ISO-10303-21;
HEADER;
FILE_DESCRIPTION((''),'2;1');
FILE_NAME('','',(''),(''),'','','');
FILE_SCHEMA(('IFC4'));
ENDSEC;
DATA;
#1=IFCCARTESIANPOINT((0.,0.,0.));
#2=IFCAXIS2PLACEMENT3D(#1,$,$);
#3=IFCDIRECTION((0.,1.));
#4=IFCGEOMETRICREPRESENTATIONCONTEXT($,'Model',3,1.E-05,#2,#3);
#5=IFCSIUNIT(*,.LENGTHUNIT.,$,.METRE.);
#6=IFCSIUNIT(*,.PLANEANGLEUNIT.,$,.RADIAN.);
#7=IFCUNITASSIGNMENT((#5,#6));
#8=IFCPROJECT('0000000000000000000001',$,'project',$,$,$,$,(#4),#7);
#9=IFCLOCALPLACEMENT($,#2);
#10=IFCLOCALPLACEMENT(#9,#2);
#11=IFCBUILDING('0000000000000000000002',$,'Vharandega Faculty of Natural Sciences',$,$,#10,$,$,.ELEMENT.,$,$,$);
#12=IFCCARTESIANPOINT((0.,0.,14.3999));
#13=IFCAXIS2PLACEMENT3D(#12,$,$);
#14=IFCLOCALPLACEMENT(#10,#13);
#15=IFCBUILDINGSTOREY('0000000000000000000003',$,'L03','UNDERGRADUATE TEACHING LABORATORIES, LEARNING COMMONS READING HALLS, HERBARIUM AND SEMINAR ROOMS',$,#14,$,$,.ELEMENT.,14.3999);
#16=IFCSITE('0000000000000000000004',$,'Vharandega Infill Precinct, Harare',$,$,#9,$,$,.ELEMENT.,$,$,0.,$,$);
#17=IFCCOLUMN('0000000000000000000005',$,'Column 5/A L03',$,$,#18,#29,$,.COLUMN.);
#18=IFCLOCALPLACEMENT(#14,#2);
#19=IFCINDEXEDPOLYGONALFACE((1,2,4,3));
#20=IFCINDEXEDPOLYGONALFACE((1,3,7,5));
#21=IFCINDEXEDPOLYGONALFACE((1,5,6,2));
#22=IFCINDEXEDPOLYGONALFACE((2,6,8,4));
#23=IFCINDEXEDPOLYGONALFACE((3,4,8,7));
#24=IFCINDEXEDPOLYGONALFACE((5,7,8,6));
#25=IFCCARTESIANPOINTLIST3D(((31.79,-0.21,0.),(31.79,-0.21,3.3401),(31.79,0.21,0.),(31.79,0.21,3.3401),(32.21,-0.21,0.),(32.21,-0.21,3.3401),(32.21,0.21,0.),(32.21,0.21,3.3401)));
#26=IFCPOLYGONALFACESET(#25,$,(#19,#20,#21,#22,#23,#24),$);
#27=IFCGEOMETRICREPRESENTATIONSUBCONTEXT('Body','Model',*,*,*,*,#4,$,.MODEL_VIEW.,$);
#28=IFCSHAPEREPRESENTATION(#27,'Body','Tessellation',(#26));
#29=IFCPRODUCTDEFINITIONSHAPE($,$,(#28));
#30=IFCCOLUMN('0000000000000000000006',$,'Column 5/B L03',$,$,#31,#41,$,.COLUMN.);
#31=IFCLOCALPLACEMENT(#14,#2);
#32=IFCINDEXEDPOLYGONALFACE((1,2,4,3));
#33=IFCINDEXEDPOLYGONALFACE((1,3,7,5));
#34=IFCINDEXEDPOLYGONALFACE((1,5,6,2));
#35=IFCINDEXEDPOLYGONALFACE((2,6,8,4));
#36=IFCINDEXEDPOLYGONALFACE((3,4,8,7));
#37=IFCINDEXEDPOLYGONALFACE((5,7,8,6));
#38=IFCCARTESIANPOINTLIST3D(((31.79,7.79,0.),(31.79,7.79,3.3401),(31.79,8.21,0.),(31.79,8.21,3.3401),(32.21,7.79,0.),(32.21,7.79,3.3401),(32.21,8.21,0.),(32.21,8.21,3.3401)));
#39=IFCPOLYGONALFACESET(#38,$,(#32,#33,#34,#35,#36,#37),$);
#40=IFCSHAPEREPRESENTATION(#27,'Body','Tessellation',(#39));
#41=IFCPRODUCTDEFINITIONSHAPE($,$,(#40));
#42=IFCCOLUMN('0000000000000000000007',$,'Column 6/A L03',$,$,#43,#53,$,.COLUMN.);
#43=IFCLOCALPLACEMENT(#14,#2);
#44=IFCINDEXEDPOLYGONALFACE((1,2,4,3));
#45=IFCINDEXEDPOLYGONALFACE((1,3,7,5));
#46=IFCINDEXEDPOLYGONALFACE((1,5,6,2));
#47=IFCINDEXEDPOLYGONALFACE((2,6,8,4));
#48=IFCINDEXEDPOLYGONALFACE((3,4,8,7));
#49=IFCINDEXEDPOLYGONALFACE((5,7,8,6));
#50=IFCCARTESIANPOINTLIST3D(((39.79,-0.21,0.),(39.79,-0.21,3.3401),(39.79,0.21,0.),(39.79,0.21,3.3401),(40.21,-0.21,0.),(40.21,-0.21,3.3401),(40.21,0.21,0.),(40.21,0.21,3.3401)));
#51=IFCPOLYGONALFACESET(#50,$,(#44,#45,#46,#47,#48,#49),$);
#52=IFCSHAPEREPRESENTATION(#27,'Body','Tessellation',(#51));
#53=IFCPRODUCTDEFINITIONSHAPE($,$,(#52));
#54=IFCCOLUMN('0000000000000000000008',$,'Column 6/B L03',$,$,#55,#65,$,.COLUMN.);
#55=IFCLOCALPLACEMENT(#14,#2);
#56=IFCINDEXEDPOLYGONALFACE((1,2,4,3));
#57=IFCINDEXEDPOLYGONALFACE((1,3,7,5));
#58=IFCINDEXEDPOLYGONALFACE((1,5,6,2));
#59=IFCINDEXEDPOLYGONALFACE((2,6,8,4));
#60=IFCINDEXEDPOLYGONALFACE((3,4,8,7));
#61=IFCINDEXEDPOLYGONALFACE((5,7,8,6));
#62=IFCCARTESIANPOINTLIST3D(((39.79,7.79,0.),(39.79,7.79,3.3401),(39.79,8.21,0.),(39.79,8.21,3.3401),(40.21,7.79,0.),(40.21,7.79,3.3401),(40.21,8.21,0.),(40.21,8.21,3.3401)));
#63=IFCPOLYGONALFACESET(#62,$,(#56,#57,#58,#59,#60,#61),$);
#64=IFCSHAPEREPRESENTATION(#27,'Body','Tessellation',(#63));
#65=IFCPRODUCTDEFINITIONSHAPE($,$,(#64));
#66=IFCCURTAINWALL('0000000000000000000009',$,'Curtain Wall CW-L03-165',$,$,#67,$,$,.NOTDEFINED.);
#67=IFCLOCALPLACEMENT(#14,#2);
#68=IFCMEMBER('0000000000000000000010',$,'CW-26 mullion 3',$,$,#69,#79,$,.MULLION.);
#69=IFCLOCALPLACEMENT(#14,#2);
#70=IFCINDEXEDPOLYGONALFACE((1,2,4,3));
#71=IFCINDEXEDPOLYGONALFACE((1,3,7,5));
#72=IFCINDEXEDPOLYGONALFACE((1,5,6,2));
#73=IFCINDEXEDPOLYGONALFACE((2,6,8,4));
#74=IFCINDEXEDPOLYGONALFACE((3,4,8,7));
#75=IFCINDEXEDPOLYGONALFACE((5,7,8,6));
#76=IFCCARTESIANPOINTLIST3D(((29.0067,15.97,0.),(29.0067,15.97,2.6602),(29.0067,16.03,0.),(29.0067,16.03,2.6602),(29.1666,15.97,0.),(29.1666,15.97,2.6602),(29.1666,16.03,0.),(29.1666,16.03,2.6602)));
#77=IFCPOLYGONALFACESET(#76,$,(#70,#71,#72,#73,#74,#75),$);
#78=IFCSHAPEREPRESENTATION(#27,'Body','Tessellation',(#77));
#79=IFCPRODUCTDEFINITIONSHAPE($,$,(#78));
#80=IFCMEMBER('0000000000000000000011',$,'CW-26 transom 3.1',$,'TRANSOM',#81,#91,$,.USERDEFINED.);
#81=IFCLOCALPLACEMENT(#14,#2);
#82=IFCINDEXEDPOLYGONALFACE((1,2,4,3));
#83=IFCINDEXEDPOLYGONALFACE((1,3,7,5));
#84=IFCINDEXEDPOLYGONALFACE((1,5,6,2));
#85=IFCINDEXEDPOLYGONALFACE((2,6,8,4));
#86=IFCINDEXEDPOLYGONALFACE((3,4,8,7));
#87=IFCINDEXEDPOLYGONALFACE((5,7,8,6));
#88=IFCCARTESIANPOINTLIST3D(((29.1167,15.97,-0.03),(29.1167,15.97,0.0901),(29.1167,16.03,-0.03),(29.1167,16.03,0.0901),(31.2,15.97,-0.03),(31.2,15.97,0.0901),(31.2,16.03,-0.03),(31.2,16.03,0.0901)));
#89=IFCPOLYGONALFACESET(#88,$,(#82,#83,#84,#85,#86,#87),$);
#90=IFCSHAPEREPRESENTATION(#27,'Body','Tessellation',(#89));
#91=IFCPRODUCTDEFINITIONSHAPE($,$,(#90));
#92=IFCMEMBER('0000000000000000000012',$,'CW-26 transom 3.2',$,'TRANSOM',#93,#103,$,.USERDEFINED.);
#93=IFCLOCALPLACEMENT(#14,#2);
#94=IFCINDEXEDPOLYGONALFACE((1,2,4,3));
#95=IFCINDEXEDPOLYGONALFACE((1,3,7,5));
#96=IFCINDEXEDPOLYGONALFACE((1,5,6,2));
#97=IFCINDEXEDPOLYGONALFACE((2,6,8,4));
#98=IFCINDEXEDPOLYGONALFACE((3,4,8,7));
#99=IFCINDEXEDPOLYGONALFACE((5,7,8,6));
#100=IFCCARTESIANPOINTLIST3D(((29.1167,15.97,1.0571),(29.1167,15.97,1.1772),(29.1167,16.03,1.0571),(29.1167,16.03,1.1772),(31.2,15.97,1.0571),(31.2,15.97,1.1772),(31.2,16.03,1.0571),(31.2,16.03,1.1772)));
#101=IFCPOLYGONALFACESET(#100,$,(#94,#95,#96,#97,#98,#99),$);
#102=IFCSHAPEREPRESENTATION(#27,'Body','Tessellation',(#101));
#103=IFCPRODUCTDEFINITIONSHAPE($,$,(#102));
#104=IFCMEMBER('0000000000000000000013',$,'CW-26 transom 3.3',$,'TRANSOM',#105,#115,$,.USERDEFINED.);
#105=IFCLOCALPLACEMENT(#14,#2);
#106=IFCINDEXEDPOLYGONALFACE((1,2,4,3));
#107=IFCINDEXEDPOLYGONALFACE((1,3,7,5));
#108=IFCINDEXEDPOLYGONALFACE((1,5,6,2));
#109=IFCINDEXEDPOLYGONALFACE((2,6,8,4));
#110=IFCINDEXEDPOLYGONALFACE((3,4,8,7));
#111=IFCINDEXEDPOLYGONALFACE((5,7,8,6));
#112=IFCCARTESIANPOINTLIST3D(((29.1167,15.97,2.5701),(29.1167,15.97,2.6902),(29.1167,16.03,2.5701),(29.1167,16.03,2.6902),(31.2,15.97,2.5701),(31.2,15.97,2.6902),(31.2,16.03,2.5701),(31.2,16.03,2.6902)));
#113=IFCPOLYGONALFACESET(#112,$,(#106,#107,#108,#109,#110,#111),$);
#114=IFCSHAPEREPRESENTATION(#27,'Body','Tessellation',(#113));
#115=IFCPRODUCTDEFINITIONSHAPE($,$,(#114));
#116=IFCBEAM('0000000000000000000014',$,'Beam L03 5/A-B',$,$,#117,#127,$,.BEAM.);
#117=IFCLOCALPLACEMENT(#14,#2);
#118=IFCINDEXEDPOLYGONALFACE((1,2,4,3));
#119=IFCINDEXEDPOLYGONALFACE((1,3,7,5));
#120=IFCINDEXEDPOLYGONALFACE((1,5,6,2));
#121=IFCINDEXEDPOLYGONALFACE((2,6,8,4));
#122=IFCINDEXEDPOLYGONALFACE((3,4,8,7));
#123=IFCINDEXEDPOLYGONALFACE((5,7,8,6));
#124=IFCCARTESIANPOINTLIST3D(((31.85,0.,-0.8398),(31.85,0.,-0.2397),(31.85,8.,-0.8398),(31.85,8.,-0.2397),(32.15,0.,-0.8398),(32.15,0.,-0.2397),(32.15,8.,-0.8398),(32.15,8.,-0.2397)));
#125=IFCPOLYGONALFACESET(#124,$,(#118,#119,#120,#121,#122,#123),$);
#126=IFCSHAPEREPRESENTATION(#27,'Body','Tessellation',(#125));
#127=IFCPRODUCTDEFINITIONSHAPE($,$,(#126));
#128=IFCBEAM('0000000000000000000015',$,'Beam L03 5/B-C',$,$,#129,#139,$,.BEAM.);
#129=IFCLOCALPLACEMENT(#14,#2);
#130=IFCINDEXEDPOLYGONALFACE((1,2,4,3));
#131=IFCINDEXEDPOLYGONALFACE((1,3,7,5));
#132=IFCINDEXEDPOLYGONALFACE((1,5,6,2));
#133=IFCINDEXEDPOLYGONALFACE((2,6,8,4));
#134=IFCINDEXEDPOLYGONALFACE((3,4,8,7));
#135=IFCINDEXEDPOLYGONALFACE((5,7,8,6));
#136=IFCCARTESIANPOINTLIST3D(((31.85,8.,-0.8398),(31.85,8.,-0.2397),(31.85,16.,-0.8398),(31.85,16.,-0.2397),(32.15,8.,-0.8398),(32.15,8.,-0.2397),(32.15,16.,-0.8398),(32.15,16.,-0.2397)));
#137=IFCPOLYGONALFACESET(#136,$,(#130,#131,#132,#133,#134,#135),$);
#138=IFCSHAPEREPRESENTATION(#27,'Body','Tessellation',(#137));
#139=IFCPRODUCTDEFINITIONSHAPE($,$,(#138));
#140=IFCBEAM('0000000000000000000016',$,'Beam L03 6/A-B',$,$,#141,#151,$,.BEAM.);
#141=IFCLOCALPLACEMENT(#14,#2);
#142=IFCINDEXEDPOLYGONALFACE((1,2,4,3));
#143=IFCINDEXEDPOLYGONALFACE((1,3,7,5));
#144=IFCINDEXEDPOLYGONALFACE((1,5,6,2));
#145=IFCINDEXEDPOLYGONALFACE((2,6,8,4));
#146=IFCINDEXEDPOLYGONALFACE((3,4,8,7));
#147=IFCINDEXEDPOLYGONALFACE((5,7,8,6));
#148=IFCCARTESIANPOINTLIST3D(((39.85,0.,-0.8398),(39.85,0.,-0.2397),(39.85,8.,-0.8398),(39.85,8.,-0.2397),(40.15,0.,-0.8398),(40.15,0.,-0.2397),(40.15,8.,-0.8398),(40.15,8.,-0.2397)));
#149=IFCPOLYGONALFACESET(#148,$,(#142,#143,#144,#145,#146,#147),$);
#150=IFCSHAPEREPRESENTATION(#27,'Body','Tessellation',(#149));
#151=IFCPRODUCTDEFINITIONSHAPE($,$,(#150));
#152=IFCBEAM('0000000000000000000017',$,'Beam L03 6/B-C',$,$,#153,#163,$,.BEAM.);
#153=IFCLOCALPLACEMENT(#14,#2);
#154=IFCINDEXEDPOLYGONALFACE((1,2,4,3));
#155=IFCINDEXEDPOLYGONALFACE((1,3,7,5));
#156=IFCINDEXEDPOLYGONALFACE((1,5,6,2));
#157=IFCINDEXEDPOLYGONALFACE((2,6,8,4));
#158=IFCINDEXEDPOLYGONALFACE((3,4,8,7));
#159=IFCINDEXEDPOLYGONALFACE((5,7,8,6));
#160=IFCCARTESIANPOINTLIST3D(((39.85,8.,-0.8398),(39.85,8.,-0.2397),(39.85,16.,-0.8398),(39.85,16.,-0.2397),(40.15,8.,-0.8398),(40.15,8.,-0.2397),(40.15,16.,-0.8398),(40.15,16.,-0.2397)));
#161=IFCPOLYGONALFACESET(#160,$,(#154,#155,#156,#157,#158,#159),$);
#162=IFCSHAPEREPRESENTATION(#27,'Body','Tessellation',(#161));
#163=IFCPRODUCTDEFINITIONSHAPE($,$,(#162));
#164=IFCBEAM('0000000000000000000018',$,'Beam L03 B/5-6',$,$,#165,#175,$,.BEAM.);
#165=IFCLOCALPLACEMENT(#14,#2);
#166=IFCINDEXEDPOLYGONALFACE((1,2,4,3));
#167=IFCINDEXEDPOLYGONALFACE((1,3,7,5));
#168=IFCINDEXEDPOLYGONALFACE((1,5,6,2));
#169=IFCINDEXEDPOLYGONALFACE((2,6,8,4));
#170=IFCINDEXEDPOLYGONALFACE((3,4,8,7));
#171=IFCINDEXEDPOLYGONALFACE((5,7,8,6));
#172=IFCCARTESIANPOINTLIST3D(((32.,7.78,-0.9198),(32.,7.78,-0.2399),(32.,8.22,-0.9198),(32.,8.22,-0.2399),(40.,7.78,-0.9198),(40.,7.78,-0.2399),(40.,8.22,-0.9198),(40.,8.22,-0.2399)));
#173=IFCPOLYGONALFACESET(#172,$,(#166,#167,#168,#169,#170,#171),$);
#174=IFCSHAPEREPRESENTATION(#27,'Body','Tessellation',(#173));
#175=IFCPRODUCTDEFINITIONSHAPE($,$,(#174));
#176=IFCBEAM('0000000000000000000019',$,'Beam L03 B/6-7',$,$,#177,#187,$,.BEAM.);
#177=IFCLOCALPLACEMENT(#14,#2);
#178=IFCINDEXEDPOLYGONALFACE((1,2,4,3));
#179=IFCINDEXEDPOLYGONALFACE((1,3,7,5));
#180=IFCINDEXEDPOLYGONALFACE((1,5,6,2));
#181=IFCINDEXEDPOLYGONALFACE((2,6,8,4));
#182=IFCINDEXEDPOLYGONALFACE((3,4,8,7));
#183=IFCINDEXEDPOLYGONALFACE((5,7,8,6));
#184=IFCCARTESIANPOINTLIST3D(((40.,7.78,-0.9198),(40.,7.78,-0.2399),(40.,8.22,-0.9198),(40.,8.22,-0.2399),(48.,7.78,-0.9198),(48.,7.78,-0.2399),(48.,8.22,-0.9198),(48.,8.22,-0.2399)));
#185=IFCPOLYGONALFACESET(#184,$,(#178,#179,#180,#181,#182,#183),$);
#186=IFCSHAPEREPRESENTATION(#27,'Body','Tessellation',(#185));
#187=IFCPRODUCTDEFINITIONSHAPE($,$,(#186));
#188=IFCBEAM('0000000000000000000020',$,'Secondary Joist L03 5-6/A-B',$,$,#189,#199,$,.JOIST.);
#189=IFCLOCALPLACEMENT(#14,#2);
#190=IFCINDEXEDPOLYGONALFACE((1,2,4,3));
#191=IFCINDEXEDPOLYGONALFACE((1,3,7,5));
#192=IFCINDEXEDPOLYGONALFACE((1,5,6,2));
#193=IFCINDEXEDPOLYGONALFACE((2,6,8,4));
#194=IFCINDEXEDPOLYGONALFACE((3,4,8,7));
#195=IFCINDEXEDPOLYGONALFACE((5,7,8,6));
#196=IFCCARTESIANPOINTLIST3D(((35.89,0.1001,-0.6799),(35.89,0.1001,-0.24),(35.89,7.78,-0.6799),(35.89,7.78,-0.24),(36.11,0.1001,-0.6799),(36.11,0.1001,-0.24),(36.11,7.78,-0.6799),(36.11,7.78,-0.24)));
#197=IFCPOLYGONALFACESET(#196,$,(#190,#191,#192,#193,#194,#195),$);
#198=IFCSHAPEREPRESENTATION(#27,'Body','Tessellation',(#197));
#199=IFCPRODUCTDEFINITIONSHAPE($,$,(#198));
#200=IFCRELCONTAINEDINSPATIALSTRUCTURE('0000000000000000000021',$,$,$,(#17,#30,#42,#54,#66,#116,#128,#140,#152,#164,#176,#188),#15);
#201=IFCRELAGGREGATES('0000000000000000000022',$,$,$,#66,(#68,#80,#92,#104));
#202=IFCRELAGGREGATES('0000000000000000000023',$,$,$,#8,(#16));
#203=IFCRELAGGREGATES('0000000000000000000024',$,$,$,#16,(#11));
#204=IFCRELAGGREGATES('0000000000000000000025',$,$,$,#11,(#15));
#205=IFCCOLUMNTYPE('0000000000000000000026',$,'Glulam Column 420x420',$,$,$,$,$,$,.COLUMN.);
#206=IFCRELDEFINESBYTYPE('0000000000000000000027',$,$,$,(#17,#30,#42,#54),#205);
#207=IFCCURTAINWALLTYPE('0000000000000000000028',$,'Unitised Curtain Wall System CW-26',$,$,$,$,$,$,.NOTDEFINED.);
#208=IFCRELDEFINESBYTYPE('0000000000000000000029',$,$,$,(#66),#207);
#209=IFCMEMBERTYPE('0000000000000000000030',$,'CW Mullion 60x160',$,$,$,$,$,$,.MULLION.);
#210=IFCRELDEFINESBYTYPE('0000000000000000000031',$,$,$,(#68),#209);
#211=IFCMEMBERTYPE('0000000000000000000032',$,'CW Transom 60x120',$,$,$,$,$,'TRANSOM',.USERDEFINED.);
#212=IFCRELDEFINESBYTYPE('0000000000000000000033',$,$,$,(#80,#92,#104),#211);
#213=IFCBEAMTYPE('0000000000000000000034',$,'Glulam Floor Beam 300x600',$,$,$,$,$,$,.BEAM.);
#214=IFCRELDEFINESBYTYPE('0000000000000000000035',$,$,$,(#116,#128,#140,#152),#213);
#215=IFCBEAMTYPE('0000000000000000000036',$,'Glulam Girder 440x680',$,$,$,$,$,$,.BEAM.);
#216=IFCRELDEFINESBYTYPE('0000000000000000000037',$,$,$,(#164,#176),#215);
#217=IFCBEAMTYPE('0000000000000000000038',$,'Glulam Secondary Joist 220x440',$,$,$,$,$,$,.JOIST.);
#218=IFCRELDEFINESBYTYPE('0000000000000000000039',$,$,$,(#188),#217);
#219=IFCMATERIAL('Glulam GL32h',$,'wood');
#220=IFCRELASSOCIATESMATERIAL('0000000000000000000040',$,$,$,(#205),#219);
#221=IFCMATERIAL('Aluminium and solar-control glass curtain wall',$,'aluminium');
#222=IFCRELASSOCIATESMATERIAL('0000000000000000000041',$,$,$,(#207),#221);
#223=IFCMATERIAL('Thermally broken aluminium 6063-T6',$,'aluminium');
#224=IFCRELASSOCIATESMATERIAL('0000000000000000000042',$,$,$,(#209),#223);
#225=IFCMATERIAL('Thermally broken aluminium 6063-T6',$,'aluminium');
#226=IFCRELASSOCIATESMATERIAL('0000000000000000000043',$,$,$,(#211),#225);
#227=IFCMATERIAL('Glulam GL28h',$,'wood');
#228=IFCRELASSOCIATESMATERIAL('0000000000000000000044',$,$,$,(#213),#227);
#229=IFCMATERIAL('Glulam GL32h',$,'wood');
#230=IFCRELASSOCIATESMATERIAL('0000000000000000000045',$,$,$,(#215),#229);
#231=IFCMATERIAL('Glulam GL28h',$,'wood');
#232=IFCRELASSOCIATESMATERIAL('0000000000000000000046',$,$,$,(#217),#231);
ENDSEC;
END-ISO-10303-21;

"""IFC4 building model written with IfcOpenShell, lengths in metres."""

from ifc_helpers import new_model, si_unit, direction, frame, origin, origin_2d, place, context, subcontext, project, spatial, rectangle, extrude, material, material_profile, profile_set, type_object, element, aggregate, save


model = new_model("IFC4")

# Units and contexts
model_context = context("Model", 3, precision=1e-05, world=origin(), true_north=direction((0.0, 1.0)))
body_context = subcontext(model_context, "Body", "Model", "MODEL_VIEW")
ifc_project = project(units=[si_unit("LENGTHUNIT", "METRE"), si_unit("PLANEANGLEUNIT", "RADIAN")], contexts=[model_context])

# Site, building, storey
site_placement = place(None, origin())
site = spatial("IfcSite", under=ifc_project, at=site_placement, Name="Vharandega Infill Precinct, Harare", CompositionType="ELEMENT", RefElevation=0.0)
building_placement = place(site_placement, origin())
building = spatial("IfcBuilding", under=site, at=building_placement, Name="Vharandega Faculty of Natural Sciences", CompositionType="ELEMENT")
storey_placement = place(building_placement, frame((0.0, 0.0, 14.3999)))
storey = spatial("IfcBuildingStorey", under=building, at=storey_placement, Name="L03", Description="UNDERGRADUATE TEACHING LABORATORIES, LEARNING COMMONS READING HALLS, HERBARIUM AND SEMINAR ROOMS", CompositionType="ELEMENT", Elevation=14.3999)

# Columns
ifc_material_1 = material(Name="Glulam GL32h", Category="wood")
ifc_material_profile_1 = material_profile(ifc_material_1, rectangle(XDim=0.4199, YDim=0.4199, at=origin_2d()), Name="GL32h 420x420")
ifc_profile_set_1 = profile_set([ifc_material_profile_1], Name="Glulam GL32h")
column_type = type_object("IfcColumnType", Name="Glulam Column 420x420", PredefinedType="COLUMN", material=ifc_profile_set_1)
for number, where, z_axis, x_axis, name in (
    (1, (32.0, 0.0, 0.0), (0.0, 0.0, 1.0), (1.0, 0.0, 0.0), "Column 5/A L03"),
    (2, (32.0, 8.0, 0.0), (0.0, 0.0, 1.0), (1.0, 0.0, 0.0), "Column 5/B L03"),
    (3, (40.0, 0.0, 0.0), (0.0, 0.0, 1.0), (1.0, 0.0, 0.0), "Column 6/A L03"),
    (4, (40.0, 8.0, 0.0), (0.0, 0.0, 1.0), (1.0, 0.0, 0.0), "Column 6/B L03"),
):
    element("IfcColumn", number, at=place(storey_placement, frame(where, z_axis=z_axis, x_axis=x_axis)), inside=storey, type_object=column_type, Name=name, PredefinedType="COLUMN", context=body_context, shape_type="SweptSolid", body=[
        extrude(rectangle(XDim=0.4199, YDim=0.4199, at=origin_2d()), origin(), (0.0, 0.0, 1.0), 3.3401),
    ])

# Curtain wall, members
ifc_material_2 = material(Name="Aluminium and solar-control glass curtain wall", Category="aluminium")
curtain_wall_type = type_object("IfcCurtainWallType", Name="Unitised Curtain Wall System CW-26", PredefinedType="NOTDEFINED", material=ifc_material_2)
curtain_wall_placement = place(storey_placement, origin())
curtain_wall = element("IfcCurtainWall", 5, at=curtain_wall_placement, inside=storey, type_object=curtain_wall_type, Name="Curtain Wall CW-L03-165", PredefinedType="NOTDEFINED")
ifc_material_3 = material(Name="Thermally broken aluminium 6063-T6", Category="aluminium")
ifc_material_profile_2 = material_profile(ifc_material_3, rectangle(XDim=0.0601, YDim=0.1599, at=origin_2d()), Name="ALU 60x160")
ifc_profile_set_2 = profile_set([ifc_material_profile_2], Name="Thermally broken aluminium 6063-T6")
member_type_1 = type_object("IfcMemberType", Name="CW Mullion 60x160", PredefinedType="MULLION", material=ifc_profile_set_2)
member_1_placement = place(storey_placement, frame((29.0867, 16.0, 0.0), z_axis=(0.0, 0.0, 1.0), x_axis=(0.0, 1.0, 0.0)))
member_1 = element("IfcMember", 6, at=member_1_placement, type_object=member_type_1, Name="CW-26 mullion 3", PredefinedType="MULLION", context=body_context, shape_type="SweptSolid", body=[
    extrude(rectangle(XDim=0.0601, YDim=0.1599, at=origin_2d()), origin(), (0.0, 0.0, 1.0), 2.6602),
])
ifc_material_4 = material(Name="Thermally broken aluminium 6063-T6", Category="aluminium")
ifc_material_profile_3 = material_profile(ifc_material_4, rectangle(XDim=0.0601, YDim=0.1201, at=origin_2d()), Name="ALU 60x120")
ifc_profile_set_3 = profile_set([ifc_material_profile_3], Name="Thermally broken aluminium 6063-T6")
member_type_2 = type_object("IfcMemberType", Name="CW Transom 60x120", ElementType="TRANSOM", PredefinedType="USERDEFINED", material=ifc_profile_set_3)
member_2_placement = place(storey_placement, frame((29.1167, 16.0, 0.03), z_axis=(1.0, 0.0, 0.0), x_axis=(0.0, 1.0, 0.0)))
member_2 = element("IfcMember", 7, at=member_2_placement, type_object=member_type_2, Name="CW-26 transom 3.1", ObjectType="TRANSOM", PredefinedType="USERDEFINED", context=body_context, shape_type="SweptSolid", body=[
    extrude(rectangle(XDim=0.0601, YDim=0.1201, at=origin_2d()), origin(), (0.0, 0.0, 1.0), 2.0833),
])
member_3_placement = place(storey_placement, frame((29.1167, 16.0, 1.1172), z_axis=(1.0, 0.0, 0.0), x_axis=(0.0, 1.0, 0.0)))
member_3 = element("IfcMember", 8, at=member_3_placement, type_object=member_type_2, Name="CW-26 transom 3.2", ObjectType="TRANSOM", PredefinedType="USERDEFINED", context=body_context, shape_type="SweptSolid", body=[
    extrude(rectangle(XDim=0.0601, YDim=0.1201, at=origin_2d()), origin(), (0.0, 0.0, 1.0), 2.0833),
])
member_4_placement = place(storey_placement, frame((29.1167, 16.0, 2.6301), z_axis=(1.0, 0.0, 0.0), x_axis=(0.0, 1.0, 0.0)))
member_4 = element("IfcMember", 9, at=member_4_placement, type_object=member_type_2, Name="CW-26 transom 3.3", ObjectType="TRANSOM", PredefinedType="USERDEFINED", context=body_context, shape_type="SweptSolid", body=[
    extrude(rectangle(XDim=0.0601, YDim=0.1201, at=origin_2d()), origin(), (0.0, 0.0, 1.0), 2.0833),
])

# Beams
ifc_material_5 = material(Name="Glulam GL28h", Category="wood")
ifc_material_profile_4 = material_profile(ifc_material_5, rectangle(XDim=0.3, YDim=0.6001, at=origin_2d()), Name="GL28h 300x600")
ifc_profile_set_4 = profile_set([ifc_material_profile_4], Name="Glulam GL28h")
beam_type_1 = type_object("IfcBeamType", Name="Glulam Floor Beam 300x600", PredefinedType="BEAM", material=ifc_profile_set_4)
for number, where, z_axis, x_axis, name in (
    (10, (32.0, 0.0, -0.5398), (0.0, 1.0, 0.0), (-1.0, 0.0, 0.0), "Beam L03 5/A-B"),
    (11, (32.0, 8.0, -0.5398), (0.0, 1.0, 0.0), (-1.0, 0.0, 0.0), "Beam L03 5/B-C"),
    (12, (40.0, 0.0, -0.5398), (0.0, 1.0, 0.0), (-1.0, 0.0, 0.0), "Beam L03 6/A-B"),
    (13, (40.0, 8.0, -0.5398), (0.0, 1.0, 0.0), (-1.0, 0.0, 0.0), "Beam L03 6/B-C"),
):
    element("IfcBeam", number, at=place(storey_placement, frame(where, z_axis=z_axis, x_axis=x_axis)), inside=storey, type_object=beam_type_1, Name=name, PredefinedType="BEAM", context=body_context, shape_type="SweptSolid", body=[
        extrude(rectangle(XDim=0.3, YDim=0.6001, at=origin_2d()), origin(), (0.0, 0.0, 1.0), 8.0),
    ])
ifc_material_6 = material(Name="Glulam GL32h", Category="wood")
ifc_material_profile_5 = material_profile(ifc_material_6, rectangle(XDim=0.4399, YDim=0.6799, at=origin_2d()), Name="GL32h 440x680")
ifc_profile_set_5 = profile_set([ifc_material_profile_5], Name="Glulam GL32h")
beam_type_2 = type_object("IfcBeamType", Name="Glulam Girder 440x680", PredefinedType="BEAM", material=ifc_profile_set_5)
for number, where, z_axis, x_axis, name in (
    (14, (32.0, 8.0, -0.5798), (1.0, 0.0, 0.0), (0.0, 1.0, 0.0), "Beam L03 B/5-6"),
    (15, (40.0, 8.0, -0.5798), (1.0, 0.0, 0.0), (0.0, 1.0, 0.0), "Beam L03 B/6-7"),
):
    element("IfcBeam", number, at=place(storey_placement, frame(where, z_axis=z_axis, x_axis=x_axis)), inside=storey, type_object=beam_type_2, Name=name, PredefinedType="BEAM", context=body_context, shape_type="SweptSolid", body=[
        extrude(rectangle(XDim=0.4399, YDim=0.6799, at=origin_2d()), origin(), (0.0, 0.0, 1.0), 8.0),
    ])
ifc_material_7 = material(Name="Glulam GL28h", Category="wood")
ifc_material_profile_6 = material_profile(ifc_material_7, rectangle(XDim=0.22, YDim=0.4399, at=origin_2d()), Name="GL28h 220x440")
ifc_profile_set_6 = profile_set([ifc_material_profile_6], Name="Glulam GL28h")
beam_type_3 = type_object("IfcBeamType", Name="Glulam Secondary Joist 220x440", PredefinedType="JOIST", material=ifc_profile_set_6)
beam_1_placement = place(storey_placement, frame((36.0, 0.1001, -0.46), z_axis=(0.0, 1.0, 0.0), x_axis=(-1.0, 0.0, 0.0)))
element("IfcBeam", 16, at=beam_1_placement, inside=storey, type_object=beam_type_3, Name="Secondary Joist L03 5-6/A-B", PredefinedType="JOIST", context=body_context, shape_type="SweptSolid", body=[
    extrude(rectangle(XDim=0.22, YDim=0.4399, at=origin_2d()), origin(), (0.0, 0.0, 1.0), 7.6799),
])

aggregate(curtain_wall, [member_1, member_2, member_3, member_4])

save(model, "model.ifc")
